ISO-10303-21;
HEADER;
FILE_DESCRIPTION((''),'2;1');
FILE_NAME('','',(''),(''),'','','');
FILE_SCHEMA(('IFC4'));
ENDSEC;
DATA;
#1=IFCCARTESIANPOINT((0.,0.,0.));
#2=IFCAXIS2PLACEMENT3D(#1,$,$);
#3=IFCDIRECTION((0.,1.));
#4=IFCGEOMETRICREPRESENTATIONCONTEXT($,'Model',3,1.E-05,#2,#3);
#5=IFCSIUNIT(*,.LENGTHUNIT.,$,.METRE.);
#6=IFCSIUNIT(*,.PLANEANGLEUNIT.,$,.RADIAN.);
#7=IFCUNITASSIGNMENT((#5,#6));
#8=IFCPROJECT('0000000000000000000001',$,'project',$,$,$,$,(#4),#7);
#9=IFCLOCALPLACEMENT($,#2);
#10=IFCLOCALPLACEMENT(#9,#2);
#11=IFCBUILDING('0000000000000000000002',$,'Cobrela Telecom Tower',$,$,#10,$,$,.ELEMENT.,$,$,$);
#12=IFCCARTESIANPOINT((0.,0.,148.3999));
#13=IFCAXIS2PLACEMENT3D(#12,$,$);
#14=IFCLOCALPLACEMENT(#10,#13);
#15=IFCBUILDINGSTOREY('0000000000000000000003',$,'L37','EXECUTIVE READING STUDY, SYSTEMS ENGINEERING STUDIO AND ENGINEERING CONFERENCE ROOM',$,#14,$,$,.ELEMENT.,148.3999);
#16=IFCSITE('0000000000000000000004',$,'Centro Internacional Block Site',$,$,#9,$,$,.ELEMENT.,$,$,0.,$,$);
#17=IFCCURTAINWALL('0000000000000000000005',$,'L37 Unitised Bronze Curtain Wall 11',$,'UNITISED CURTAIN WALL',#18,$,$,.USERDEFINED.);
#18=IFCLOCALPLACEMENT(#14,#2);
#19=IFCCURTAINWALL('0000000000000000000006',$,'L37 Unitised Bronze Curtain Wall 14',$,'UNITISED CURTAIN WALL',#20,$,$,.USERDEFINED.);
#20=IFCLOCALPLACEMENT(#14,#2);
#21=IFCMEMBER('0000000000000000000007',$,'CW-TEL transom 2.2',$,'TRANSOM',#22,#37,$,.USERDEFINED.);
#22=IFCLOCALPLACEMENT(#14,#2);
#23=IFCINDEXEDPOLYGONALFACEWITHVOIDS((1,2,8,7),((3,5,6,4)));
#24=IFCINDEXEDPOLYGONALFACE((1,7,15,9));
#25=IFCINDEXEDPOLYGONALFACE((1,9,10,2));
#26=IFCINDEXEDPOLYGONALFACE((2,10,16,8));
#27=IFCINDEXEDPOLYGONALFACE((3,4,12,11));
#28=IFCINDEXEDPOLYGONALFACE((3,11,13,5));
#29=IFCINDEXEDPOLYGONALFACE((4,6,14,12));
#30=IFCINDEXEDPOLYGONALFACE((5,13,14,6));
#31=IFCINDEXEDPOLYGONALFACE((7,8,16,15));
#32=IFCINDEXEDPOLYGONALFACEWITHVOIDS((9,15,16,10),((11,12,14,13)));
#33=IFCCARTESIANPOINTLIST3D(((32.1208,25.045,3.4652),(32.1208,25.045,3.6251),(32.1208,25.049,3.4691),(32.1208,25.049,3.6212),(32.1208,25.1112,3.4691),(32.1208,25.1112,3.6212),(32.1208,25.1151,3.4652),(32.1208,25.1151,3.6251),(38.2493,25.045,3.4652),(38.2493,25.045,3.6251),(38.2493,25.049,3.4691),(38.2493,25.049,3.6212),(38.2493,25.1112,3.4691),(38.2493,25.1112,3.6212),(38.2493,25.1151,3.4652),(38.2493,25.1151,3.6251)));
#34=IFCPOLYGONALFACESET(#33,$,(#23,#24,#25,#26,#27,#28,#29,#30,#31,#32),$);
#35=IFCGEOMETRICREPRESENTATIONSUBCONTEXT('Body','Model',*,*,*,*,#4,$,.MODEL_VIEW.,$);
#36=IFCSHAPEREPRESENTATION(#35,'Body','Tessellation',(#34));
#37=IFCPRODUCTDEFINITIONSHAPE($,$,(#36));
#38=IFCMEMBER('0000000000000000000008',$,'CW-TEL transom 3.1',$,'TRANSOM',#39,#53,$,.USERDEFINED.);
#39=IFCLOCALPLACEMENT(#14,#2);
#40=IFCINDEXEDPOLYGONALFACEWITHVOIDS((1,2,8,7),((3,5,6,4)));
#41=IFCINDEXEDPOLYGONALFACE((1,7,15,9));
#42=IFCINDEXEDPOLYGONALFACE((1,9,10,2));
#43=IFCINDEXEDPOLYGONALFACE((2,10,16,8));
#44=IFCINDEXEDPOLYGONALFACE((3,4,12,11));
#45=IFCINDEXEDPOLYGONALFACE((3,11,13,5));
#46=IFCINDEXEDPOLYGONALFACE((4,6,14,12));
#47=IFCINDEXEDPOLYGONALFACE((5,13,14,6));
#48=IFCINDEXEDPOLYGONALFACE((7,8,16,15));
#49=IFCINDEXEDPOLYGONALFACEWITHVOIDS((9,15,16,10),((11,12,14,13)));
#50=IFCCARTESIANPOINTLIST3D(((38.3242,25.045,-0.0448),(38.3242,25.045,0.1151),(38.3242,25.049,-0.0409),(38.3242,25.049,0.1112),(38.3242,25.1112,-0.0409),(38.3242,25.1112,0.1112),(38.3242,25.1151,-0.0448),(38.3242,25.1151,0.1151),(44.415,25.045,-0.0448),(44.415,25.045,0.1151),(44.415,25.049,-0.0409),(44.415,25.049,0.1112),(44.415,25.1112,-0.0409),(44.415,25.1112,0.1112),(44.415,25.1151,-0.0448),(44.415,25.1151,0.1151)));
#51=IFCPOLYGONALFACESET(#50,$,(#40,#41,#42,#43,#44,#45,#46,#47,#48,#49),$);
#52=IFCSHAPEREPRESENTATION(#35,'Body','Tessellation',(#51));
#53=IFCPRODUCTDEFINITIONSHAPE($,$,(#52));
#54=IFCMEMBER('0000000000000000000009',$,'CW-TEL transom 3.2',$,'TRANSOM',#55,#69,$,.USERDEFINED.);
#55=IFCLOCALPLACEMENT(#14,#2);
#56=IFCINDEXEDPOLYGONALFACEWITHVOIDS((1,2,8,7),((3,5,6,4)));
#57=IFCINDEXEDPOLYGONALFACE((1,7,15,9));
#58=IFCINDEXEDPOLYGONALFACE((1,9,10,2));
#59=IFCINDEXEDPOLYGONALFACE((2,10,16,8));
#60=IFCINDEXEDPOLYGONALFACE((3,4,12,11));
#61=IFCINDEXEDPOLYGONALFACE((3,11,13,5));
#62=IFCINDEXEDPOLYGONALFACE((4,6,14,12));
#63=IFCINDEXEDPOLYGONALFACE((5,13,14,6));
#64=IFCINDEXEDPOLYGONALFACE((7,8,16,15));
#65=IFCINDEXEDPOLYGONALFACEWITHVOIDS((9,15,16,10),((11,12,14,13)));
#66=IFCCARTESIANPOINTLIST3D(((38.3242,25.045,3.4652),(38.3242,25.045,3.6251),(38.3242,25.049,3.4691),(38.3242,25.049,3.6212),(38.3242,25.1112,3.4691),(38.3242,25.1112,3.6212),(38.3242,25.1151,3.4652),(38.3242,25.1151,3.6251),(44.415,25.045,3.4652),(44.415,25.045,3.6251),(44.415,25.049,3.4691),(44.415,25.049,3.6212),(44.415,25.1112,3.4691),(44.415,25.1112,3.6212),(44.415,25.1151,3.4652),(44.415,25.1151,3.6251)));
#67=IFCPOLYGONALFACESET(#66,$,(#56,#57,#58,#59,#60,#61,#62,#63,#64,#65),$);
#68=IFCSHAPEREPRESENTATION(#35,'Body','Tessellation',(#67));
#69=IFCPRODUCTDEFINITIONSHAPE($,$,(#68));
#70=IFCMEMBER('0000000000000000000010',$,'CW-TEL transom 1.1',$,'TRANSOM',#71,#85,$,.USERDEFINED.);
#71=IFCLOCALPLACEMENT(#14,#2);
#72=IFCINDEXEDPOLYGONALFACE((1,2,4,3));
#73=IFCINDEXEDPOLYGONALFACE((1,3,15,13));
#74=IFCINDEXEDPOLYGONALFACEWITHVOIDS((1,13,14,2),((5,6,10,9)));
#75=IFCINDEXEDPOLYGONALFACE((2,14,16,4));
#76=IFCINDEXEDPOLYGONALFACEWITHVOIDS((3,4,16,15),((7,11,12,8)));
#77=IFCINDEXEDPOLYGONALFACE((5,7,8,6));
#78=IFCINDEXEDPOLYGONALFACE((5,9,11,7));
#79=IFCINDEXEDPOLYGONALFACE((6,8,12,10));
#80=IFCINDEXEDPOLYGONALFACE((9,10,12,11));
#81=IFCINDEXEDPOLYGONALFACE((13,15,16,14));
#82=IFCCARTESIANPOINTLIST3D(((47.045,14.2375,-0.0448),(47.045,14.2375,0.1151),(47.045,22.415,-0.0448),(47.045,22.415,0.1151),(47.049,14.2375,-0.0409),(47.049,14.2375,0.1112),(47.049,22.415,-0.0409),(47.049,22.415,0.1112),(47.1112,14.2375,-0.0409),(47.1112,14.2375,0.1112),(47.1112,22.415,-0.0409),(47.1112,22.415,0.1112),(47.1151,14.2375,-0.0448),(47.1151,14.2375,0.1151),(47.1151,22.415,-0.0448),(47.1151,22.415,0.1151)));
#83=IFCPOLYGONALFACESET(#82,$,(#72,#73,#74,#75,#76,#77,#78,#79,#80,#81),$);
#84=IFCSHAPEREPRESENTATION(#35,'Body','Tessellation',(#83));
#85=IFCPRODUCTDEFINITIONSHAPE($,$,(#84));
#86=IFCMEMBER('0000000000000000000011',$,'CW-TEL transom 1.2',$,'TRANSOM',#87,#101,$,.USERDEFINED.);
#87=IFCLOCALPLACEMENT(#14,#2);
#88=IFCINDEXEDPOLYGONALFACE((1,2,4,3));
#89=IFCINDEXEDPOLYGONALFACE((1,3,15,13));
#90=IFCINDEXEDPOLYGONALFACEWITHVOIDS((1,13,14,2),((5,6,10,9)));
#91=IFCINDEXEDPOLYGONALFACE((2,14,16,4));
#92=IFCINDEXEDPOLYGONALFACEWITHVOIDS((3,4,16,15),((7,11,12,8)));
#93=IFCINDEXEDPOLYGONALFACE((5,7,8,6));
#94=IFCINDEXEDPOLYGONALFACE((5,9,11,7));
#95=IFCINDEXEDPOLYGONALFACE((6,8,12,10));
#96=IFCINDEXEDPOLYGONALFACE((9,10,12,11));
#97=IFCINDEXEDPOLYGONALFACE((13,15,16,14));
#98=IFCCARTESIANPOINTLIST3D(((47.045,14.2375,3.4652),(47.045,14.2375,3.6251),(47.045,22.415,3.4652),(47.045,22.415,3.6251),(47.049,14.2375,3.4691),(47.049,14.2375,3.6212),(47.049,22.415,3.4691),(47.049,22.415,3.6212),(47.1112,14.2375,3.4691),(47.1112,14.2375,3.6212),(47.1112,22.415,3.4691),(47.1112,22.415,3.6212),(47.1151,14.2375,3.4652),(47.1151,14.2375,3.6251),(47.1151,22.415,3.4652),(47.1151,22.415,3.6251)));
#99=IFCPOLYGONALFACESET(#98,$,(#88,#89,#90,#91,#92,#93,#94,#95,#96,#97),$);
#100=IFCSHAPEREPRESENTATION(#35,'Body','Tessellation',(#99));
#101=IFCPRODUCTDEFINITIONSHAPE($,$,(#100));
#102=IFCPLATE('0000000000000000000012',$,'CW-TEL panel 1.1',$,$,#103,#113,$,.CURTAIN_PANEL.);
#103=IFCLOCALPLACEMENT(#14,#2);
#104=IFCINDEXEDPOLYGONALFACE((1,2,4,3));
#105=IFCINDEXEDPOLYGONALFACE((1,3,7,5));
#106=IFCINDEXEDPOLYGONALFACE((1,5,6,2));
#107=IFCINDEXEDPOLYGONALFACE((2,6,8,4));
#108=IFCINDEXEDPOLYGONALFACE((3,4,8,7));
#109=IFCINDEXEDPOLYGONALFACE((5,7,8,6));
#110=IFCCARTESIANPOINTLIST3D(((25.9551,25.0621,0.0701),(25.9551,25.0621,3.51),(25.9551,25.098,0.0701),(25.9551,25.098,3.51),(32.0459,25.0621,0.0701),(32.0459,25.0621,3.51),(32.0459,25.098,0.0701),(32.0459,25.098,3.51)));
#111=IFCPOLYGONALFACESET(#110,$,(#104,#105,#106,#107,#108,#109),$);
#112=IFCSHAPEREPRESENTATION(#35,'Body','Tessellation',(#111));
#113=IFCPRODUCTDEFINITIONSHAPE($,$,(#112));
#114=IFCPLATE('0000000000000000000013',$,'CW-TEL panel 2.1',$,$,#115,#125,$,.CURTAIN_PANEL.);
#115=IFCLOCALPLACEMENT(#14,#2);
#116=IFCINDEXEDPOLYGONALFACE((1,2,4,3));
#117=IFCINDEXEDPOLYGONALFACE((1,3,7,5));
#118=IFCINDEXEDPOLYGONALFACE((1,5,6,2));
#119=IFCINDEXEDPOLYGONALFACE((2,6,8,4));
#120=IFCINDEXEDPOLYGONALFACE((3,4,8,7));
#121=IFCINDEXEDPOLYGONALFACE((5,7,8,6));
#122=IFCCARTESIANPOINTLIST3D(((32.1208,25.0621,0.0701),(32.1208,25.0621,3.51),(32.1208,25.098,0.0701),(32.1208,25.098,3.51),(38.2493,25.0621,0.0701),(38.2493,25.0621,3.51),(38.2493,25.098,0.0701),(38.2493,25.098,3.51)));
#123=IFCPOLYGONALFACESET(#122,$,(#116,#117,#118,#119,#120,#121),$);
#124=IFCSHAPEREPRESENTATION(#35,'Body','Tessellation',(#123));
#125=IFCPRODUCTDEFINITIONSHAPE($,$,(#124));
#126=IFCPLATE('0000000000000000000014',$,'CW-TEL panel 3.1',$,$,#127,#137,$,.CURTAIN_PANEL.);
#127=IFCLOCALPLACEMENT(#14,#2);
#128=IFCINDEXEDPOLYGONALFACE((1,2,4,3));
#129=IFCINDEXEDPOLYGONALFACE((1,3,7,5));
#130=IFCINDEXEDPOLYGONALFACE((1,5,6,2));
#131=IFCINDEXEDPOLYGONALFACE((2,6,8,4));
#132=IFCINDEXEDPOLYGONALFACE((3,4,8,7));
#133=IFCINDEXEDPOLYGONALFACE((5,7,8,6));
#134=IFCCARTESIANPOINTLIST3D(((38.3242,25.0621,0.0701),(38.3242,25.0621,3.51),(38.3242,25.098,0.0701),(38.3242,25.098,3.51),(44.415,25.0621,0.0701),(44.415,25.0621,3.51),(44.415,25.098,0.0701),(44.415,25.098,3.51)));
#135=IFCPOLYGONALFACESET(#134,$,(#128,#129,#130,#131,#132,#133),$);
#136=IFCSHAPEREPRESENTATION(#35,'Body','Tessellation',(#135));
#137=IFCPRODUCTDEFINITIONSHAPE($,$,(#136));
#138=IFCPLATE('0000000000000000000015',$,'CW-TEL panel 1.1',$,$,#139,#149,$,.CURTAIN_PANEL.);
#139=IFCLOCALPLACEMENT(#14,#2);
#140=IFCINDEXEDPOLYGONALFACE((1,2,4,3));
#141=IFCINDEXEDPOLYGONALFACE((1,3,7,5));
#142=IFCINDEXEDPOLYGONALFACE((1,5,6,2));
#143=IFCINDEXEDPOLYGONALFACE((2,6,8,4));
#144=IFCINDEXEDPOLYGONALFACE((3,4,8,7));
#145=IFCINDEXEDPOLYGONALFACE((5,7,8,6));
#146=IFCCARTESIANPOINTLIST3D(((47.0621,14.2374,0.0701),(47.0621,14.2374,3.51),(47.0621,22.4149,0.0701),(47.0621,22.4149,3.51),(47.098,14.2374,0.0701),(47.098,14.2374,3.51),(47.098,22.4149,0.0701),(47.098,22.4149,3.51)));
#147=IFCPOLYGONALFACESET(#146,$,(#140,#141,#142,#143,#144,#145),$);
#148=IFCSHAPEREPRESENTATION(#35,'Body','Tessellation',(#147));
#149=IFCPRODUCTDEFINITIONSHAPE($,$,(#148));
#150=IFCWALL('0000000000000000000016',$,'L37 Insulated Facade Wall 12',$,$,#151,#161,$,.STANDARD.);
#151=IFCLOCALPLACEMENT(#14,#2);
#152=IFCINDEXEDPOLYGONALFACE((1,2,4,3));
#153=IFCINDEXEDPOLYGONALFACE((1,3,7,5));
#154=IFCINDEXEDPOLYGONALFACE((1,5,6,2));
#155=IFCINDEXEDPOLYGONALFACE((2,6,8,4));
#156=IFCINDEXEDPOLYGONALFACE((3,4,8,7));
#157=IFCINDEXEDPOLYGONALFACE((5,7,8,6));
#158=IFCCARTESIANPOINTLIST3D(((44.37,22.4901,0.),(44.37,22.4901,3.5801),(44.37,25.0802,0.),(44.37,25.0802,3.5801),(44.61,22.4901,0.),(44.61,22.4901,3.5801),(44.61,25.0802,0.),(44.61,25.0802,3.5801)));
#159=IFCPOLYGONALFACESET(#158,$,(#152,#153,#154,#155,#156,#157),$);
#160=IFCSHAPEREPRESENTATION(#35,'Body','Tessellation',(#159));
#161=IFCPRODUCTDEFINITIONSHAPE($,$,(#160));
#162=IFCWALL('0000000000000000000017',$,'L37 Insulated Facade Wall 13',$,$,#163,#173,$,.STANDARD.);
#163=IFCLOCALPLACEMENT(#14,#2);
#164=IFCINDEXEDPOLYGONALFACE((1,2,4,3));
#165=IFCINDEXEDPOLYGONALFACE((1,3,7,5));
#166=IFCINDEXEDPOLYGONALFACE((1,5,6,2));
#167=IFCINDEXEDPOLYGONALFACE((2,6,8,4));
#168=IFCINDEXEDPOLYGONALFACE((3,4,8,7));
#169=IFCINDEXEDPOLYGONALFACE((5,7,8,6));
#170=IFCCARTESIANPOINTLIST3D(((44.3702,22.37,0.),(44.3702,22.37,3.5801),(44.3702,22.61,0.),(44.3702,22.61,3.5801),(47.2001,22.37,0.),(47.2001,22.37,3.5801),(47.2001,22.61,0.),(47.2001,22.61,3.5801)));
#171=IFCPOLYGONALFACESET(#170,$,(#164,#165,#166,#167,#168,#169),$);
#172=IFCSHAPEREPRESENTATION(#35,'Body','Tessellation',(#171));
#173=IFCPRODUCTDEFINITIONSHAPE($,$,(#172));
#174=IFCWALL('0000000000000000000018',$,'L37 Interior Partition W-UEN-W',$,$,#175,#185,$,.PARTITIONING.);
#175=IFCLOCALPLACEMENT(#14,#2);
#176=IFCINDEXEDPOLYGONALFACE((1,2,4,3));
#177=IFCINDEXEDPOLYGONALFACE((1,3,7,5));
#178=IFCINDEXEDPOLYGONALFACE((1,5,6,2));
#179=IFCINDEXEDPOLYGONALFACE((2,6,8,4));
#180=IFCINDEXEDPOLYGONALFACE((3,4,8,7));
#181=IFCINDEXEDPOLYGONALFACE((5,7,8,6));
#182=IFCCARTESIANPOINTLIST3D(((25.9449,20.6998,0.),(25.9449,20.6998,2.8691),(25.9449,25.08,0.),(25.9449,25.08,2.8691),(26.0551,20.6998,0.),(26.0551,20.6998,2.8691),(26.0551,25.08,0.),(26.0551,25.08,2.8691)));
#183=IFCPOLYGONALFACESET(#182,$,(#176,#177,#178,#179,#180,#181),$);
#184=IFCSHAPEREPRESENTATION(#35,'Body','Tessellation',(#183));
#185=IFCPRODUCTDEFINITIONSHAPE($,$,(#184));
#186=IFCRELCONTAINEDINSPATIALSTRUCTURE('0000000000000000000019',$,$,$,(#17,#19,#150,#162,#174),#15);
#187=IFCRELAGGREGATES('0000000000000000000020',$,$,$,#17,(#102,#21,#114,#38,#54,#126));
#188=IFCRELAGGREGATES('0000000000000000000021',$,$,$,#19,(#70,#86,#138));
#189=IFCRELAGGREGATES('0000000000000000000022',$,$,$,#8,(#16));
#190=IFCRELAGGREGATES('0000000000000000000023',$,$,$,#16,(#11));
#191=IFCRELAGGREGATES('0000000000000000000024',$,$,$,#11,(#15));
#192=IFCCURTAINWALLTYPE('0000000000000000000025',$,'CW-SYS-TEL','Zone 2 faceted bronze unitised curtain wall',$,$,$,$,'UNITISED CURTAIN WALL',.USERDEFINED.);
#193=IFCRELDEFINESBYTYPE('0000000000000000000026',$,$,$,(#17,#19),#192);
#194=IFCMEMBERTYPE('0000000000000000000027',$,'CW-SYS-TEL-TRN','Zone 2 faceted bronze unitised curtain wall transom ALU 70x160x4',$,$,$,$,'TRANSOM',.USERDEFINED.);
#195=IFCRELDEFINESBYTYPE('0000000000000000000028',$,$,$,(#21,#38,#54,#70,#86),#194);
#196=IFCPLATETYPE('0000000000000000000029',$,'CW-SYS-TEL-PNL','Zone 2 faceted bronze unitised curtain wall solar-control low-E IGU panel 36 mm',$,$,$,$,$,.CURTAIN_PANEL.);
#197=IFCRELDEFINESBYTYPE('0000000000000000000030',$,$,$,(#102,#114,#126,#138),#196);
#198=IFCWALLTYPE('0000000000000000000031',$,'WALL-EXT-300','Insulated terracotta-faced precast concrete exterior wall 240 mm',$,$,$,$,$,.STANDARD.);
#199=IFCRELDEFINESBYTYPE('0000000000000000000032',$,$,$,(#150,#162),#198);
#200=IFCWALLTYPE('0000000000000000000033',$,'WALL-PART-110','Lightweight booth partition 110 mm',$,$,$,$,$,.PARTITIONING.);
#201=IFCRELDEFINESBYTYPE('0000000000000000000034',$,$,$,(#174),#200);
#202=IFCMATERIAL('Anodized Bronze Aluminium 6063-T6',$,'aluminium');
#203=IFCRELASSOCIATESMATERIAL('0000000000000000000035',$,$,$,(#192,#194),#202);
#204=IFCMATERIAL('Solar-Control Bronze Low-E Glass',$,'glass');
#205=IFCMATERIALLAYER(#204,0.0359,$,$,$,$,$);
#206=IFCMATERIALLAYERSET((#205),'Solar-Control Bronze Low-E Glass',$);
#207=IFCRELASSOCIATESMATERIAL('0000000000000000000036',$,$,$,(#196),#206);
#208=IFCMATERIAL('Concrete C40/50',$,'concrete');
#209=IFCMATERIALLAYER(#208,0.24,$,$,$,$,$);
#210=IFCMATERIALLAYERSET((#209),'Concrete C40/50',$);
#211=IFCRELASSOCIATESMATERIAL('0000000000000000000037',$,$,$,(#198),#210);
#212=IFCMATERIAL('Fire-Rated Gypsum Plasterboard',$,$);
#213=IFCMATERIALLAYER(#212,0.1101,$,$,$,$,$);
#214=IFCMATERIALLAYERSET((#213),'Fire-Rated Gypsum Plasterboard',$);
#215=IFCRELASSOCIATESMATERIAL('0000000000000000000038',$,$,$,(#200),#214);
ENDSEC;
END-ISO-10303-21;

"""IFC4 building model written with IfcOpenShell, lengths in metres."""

from ifc_helpers import new_model, si_unit, direction, frame, frame_2d, origin, origin_2d, place, context, subcontext, project, spatial, rectangle, hollow_rectangle, extrude, material, layer, layer_set, material_profile, profile_set, type_object, element, aggregate, save


model = new_model("IFC4")

# Units and contexts
model_context = context("Model", 3, precision=1e-05, world=origin(), true_north=direction((0.0, 1.0)))
body_context = subcontext(model_context, "Body", "Model", "MODEL_VIEW")
ifc_project = project(units=[si_unit("LENGTHUNIT", "METRE"), si_unit("PLANEANGLEUNIT", "RADIAN")], contexts=[model_context])

# Site, building, storey
site_placement = place(None, origin())
site = spatial("IfcSite", under=ifc_project, at=site_placement, Name="Centro Internacional Block Site", CompositionType="ELEMENT", RefElevation=0.0)
building_placement = place(site_placement, origin())
building = spatial("IfcBuilding", under=site, at=building_placement, Name="Cobrela Telecom Tower", CompositionType="ELEMENT")
storey_placement = place(building_placement, frame((0.0, 0.0, 148.3999)))
storey = spatial("IfcBuildingStorey", under=building, at=storey_placement, Name="L37", Description="EXECUTIVE READING STUDY, SYSTEMS ENGINEERING STUDIO AND ENGINEERING CONFERENCE ROOM", CompositionType="ELEMENT", Elevation=148.3999)

# Curtain wall
ifc_material_1 = material(Name="Anodized Bronze Aluminium 6063-T6", Category="aluminium")
curtain_wall_type = type_object("IfcCurtainWallType", Name="CW-SYS-TEL", Description="Zone 2 faceted bronze unitised curtain wall", ElementType="UNITISED CURTAIN WALL", PredefinedType="USERDEFINED", material=ifc_material_1)
curtain_wall_1_placement = place(storey_placement, origin())
curtain_wall_1 = element("IfcCurtainWall", 1, at=curtain_wall_1_placement, inside=storey, type_object=curtain_wall_type, Name="L37 Unitised Bronze Curtain Wall 11", ObjectType="UNITISED CURTAIN WALL", PredefinedType="USERDEFINED")

# Curtain wall
curtain_wall_2_placement = place(storey_placement, origin())
curtain_wall_2 = element("IfcCurtainWall", 2, at=curtain_wall_2_placement, inside=storey, type_object=curtain_wall_type, Name="L37 Unitised Bronze Curtain Wall 14", ObjectType="UNITISED CURTAIN WALL", PredefinedType="USERDEFINED")

# Members
ifc_material_profile_1 = material_profile(ifc_material_1, hollow_rectangle(XDim=0.0701, YDim=0.1599, WallThickness=0.0039, at=origin_2d()), Name="ALU 70x160x4")
ifc_profile_set_1 = profile_set([ifc_material_profile_1], Name="Anodized Bronze Aluminium 6063-T6")
member_type_1 = type_object("IfcMemberType", Name="CW-SYS-TEL-TRN", Description="Zone 2 faceted bronze unitised curtain wall transom ALU 70x160x4", ElementType="TRANSOM", PredefinedType="USERDEFINED", material=ifc_profile_set_1)
member_1_placement = place(storey_placement, frame((32.1208, 25.0801, 3.5452), z_axis=(1.0, 0.0, 0.0), x_axis=(0.0, 1.0, 0.0)))
member_1 = element("IfcMember", 3, at=member_1_placement, type_object=member_type_1, Name="CW-TEL transom 2.2", ObjectType="TRANSOM", PredefinedType="USERDEFINED", context=body_context, shape_type="SweptSolid", body=[
    extrude(hollow_rectangle(XDim=0.0701, YDim=0.1599, WallThickness=0.0039, at=origin_2d()), origin(), (0.0, 0.0, 1.0), 6.1284),
])
member_2_placement = place(storey_placement, frame((38.3242, 25.0801, 0.0352), z_axis=(1.0, 0.0, 0.0), x_axis=(0.0, 1.0, 0.0)))
member_2 = element("IfcMember", 4, at=member_2_placement, type_object=member_type_1, Name="CW-TEL transom 3.1", ObjectType="TRANSOM", PredefinedType="USERDEFINED", context=body_context, shape_type="SweptSolid", body=[
    extrude(hollow_rectangle(XDim=0.0701, YDim=0.1599, WallThickness=0.0039, at=origin_2d()), origin(), (0.0, 0.0, 1.0), 6.0908),
])
member_3_placement = place(storey_placement, frame((38.3242, 25.0801, 3.5452), z_axis=(1.0, 0.0, 0.0), x_axis=(0.0, 1.0, 0.0)))
member_3 = element("IfcMember", 5, at=member_3_placement, type_object=member_type_1, Name="CW-TEL transom 3.2", ObjectType="TRANSOM", PredefinedType="USERDEFINED", context=body_context, shape_type="SweptSolid", body=[
    extrude(hollow_rectangle(XDim=0.0701, YDim=0.1599, WallThickness=0.0039, at=origin_2d()), origin(), (0.0, 0.0, 1.0), 6.0908),
])
member_4_placement = place(storey_placement, frame((47.0801, 22.415, 0.0352), z_axis=(0.0, -1.0, 0.0), x_axis=(1.0, 0.0, 0.0)))
member_4 = element("IfcMember", 6, at=member_4_placement, type_object=member_type_1, Name="CW-TEL transom 1.1", ObjectType="TRANSOM", PredefinedType="USERDEFINED", context=body_context, shape_type="SweptSolid", body=[
    extrude(hollow_rectangle(XDim=0.0701, YDim=0.1599, WallThickness=0.0039, at=origin_2d()), origin(), (0.0, 0.0, 1.0), 8.1775),
])
member_5_placement = place(storey_placement, frame((47.0801, 22.415, 3.5452), z_axis=(0.0, -1.0, 0.0), x_axis=(1.0, 0.0, 0.0)))
member_5 = element("IfcMember", 7, at=member_5_placement, type_object=member_type_1, Name="CW-TEL transom 1.2", ObjectType="TRANSOM", PredefinedType="USERDEFINED", context=body_context, shape_type="SweptSolid", body=[
    extrude(hollow_rectangle(XDim=0.0701, YDim=0.1599, WallThickness=0.0039, at=origin_2d()), origin(), (0.0, 0.0, 1.0), 8.1775),
])

# Plates
ifc_material_2 = material(Name="Solar-Control Bronze Low-E Glass", Category="glass")
ifc_layer_1 = layer(ifc_material_2, 0.0359)
ifc_layer_set_1 = layer_set([ifc_layer_1], Name="Solar-Control Bronze Low-E Glass")
plate_type = type_object("IfcPlateType", Name="CW-SYS-TEL-PNL", Description="Zone 2 faceted bronze unitised curtain wall solar-control low-E IGU panel 36 mm", PredefinedType="CURTAIN_PANEL", material=ifc_layer_set_1)
plate_1_placement = place(storey_placement, frame((29.0005, 25.0801, 0.0701), z_axis=(0.0, 0.0, 1.0), x_axis=(1.0, 0.0, 0.0)))
plate_1 = element("IfcPlate", 8, at=plate_1_placement, type_object=plate_type, Name="CW-TEL panel 1.1", PredefinedType="CURTAIN_PANEL", context=body_context, shape_type="SweptSolid", body=[
    extrude(rectangle(XDim=6.0908, YDim=0.0359, at=origin_2d()), origin(), (0.0, 0.0, 1.0), 3.4399),
])
plate_2_placement = place(storey_placement, frame((35.1851, 25.0801, 0.0701), z_axis=(0.0, 0.0, 1.0), x_axis=(1.0, 0.0, 0.0)))
plate_2 = element("IfcPlate", 9, at=plate_2_placement, type_object=plate_type, Name="CW-TEL panel 2.1", PredefinedType="CURTAIN_PANEL", context=body_context, shape_type="SweptSolid", body=[
    extrude(rectangle(XDim=6.1284, YDim=0.0359, at=origin_2d()), origin(), (0.0, 0.0, 1.0), 3.4399),
])
plate_3_placement = place(storey_placement, frame((41.3696, 25.0801, 0.0701), z_axis=(0.0, 0.0, 1.0), x_axis=(1.0, 0.0, 0.0)))
plate_3 = element("IfcPlate", 10, at=plate_3_placement, type_object=plate_type, Name="CW-TEL panel 3.1", PredefinedType="CURTAIN_PANEL", context=body_context, shape_type="SweptSolid", body=[
    extrude(rectangle(XDim=6.0908, YDim=0.0359, at=origin_2d()), origin(), (0.0, 0.0, 1.0), 3.4399),
])
aggregate(curtain_wall_1, [plate_1, member_1, plate_2, member_2, member_3, plate_3])
plate_4_placement = place(storey_placement, frame((47.0801, 18.3262, 0.0701), z_axis=(0.0, 0.0, 1.0), x_axis=(0.0, -1.0, 0.0)))
plate_4 = element("IfcPlate", 11, at=plate_4_placement, type_object=plate_type, Name="CW-TEL panel 1.1", PredefinedType="CURTAIN_PANEL", context=body_context, shape_type="SweptSolid", body=[
    extrude(rectangle(XDim=8.1775, YDim=0.0359, at=origin_2d()), origin(), (0.0, 0.0, 1.0), 3.4399),
])
aggregate(curtain_wall_2, [member_4, member_5, plate_4])

# Walls
ifc_material_3 = material(Name="Concrete C40/50", Category="concrete")
ifc_layer_2 = layer(ifc_material_3, 0.24)
ifc_layer_set_2 = layer_set([ifc_layer_2], Name="Concrete C40/50")
wall_type_1 = type_object("IfcWallType", Name="WALL-EXT-300", Description="Insulated terracotta-faced precast concrete exterior wall 240 mm", PredefinedType="STANDARD", material=ifc_layer_set_2)
wall_1_placement = place(storey_placement, frame((44.49, 25.0801, 0.0), z_axis=(0.0, 0.0, 1.0), x_axis=(0.0, -1.0, 0.0)))
element("IfcWall", 12, at=wall_1_placement, inside=storey, type_object=wall_type_1, Name="L37 Insulated Facade Wall 12", PredefinedType="STANDARD", context=body_context, shape_type="SweptSolid", body=[
    extrude(rectangle(XDim=2.5901, YDim=0.24, at=frame_2d((1.2949, 0.0))), origin(), (0.0, 0.0, 1.0), 3.5801),
])
wall_2_placement = place(storey_placement, frame((44.3701, 22.49, 0.0), z_axis=(0.0, 0.0, 1.0), x_axis=(1.0, 0.0, 0.0)))
element("IfcWall", 13, at=wall_2_placement, inside=storey, type_object=wall_type_1, Name="L37 Insulated Facade Wall 13", PredefinedType="STANDARD", context=body_context, shape_type="SweptSolid", body=[
    extrude(rectangle(XDim=2.8298, YDim=0.24, at=frame_2d((1.415, 0.0))), origin(), (0.0, 0.0, 1.0), 3.5801),
])
ifc_material_4 = material(Name="Fire-Rated Gypsum Plasterboard")
ifc_layer_3 = layer(ifc_material_4, 0.1101)
ifc_layer_set_3 = layer_set([ifc_layer_3], Name="Fire-Rated Gypsum Plasterboard")
wall_type_2 = type_object("IfcWallType", Name="WALL-PART-110", Description="Lightweight booth partition 110 mm", PredefinedType="PARTITIONING", material=ifc_layer_set_3)
wall_3_placement = place(storey_placement, frame((26.0, 20.7, 0.0), z_axis=(0.0, 0.0, 1.0), x_axis=(0.0, 1.0, 0.0)))
element("IfcWall", 14, at=wall_3_placement, inside=storey, type_object=wall_type_2, Name="L37 Interior Partition W-UEN-W", PredefinedType="PARTITIONING", context=body_context, shape_type="SweptSolid", body=[
    extrude(rectangle(XDim=4.3801, YDim=0.1101, at=frame_2d((2.1899, 0.0))), origin(), (0.0, 0.0, 1.0), 2.8691),
])

save(model, "model.ifc")
